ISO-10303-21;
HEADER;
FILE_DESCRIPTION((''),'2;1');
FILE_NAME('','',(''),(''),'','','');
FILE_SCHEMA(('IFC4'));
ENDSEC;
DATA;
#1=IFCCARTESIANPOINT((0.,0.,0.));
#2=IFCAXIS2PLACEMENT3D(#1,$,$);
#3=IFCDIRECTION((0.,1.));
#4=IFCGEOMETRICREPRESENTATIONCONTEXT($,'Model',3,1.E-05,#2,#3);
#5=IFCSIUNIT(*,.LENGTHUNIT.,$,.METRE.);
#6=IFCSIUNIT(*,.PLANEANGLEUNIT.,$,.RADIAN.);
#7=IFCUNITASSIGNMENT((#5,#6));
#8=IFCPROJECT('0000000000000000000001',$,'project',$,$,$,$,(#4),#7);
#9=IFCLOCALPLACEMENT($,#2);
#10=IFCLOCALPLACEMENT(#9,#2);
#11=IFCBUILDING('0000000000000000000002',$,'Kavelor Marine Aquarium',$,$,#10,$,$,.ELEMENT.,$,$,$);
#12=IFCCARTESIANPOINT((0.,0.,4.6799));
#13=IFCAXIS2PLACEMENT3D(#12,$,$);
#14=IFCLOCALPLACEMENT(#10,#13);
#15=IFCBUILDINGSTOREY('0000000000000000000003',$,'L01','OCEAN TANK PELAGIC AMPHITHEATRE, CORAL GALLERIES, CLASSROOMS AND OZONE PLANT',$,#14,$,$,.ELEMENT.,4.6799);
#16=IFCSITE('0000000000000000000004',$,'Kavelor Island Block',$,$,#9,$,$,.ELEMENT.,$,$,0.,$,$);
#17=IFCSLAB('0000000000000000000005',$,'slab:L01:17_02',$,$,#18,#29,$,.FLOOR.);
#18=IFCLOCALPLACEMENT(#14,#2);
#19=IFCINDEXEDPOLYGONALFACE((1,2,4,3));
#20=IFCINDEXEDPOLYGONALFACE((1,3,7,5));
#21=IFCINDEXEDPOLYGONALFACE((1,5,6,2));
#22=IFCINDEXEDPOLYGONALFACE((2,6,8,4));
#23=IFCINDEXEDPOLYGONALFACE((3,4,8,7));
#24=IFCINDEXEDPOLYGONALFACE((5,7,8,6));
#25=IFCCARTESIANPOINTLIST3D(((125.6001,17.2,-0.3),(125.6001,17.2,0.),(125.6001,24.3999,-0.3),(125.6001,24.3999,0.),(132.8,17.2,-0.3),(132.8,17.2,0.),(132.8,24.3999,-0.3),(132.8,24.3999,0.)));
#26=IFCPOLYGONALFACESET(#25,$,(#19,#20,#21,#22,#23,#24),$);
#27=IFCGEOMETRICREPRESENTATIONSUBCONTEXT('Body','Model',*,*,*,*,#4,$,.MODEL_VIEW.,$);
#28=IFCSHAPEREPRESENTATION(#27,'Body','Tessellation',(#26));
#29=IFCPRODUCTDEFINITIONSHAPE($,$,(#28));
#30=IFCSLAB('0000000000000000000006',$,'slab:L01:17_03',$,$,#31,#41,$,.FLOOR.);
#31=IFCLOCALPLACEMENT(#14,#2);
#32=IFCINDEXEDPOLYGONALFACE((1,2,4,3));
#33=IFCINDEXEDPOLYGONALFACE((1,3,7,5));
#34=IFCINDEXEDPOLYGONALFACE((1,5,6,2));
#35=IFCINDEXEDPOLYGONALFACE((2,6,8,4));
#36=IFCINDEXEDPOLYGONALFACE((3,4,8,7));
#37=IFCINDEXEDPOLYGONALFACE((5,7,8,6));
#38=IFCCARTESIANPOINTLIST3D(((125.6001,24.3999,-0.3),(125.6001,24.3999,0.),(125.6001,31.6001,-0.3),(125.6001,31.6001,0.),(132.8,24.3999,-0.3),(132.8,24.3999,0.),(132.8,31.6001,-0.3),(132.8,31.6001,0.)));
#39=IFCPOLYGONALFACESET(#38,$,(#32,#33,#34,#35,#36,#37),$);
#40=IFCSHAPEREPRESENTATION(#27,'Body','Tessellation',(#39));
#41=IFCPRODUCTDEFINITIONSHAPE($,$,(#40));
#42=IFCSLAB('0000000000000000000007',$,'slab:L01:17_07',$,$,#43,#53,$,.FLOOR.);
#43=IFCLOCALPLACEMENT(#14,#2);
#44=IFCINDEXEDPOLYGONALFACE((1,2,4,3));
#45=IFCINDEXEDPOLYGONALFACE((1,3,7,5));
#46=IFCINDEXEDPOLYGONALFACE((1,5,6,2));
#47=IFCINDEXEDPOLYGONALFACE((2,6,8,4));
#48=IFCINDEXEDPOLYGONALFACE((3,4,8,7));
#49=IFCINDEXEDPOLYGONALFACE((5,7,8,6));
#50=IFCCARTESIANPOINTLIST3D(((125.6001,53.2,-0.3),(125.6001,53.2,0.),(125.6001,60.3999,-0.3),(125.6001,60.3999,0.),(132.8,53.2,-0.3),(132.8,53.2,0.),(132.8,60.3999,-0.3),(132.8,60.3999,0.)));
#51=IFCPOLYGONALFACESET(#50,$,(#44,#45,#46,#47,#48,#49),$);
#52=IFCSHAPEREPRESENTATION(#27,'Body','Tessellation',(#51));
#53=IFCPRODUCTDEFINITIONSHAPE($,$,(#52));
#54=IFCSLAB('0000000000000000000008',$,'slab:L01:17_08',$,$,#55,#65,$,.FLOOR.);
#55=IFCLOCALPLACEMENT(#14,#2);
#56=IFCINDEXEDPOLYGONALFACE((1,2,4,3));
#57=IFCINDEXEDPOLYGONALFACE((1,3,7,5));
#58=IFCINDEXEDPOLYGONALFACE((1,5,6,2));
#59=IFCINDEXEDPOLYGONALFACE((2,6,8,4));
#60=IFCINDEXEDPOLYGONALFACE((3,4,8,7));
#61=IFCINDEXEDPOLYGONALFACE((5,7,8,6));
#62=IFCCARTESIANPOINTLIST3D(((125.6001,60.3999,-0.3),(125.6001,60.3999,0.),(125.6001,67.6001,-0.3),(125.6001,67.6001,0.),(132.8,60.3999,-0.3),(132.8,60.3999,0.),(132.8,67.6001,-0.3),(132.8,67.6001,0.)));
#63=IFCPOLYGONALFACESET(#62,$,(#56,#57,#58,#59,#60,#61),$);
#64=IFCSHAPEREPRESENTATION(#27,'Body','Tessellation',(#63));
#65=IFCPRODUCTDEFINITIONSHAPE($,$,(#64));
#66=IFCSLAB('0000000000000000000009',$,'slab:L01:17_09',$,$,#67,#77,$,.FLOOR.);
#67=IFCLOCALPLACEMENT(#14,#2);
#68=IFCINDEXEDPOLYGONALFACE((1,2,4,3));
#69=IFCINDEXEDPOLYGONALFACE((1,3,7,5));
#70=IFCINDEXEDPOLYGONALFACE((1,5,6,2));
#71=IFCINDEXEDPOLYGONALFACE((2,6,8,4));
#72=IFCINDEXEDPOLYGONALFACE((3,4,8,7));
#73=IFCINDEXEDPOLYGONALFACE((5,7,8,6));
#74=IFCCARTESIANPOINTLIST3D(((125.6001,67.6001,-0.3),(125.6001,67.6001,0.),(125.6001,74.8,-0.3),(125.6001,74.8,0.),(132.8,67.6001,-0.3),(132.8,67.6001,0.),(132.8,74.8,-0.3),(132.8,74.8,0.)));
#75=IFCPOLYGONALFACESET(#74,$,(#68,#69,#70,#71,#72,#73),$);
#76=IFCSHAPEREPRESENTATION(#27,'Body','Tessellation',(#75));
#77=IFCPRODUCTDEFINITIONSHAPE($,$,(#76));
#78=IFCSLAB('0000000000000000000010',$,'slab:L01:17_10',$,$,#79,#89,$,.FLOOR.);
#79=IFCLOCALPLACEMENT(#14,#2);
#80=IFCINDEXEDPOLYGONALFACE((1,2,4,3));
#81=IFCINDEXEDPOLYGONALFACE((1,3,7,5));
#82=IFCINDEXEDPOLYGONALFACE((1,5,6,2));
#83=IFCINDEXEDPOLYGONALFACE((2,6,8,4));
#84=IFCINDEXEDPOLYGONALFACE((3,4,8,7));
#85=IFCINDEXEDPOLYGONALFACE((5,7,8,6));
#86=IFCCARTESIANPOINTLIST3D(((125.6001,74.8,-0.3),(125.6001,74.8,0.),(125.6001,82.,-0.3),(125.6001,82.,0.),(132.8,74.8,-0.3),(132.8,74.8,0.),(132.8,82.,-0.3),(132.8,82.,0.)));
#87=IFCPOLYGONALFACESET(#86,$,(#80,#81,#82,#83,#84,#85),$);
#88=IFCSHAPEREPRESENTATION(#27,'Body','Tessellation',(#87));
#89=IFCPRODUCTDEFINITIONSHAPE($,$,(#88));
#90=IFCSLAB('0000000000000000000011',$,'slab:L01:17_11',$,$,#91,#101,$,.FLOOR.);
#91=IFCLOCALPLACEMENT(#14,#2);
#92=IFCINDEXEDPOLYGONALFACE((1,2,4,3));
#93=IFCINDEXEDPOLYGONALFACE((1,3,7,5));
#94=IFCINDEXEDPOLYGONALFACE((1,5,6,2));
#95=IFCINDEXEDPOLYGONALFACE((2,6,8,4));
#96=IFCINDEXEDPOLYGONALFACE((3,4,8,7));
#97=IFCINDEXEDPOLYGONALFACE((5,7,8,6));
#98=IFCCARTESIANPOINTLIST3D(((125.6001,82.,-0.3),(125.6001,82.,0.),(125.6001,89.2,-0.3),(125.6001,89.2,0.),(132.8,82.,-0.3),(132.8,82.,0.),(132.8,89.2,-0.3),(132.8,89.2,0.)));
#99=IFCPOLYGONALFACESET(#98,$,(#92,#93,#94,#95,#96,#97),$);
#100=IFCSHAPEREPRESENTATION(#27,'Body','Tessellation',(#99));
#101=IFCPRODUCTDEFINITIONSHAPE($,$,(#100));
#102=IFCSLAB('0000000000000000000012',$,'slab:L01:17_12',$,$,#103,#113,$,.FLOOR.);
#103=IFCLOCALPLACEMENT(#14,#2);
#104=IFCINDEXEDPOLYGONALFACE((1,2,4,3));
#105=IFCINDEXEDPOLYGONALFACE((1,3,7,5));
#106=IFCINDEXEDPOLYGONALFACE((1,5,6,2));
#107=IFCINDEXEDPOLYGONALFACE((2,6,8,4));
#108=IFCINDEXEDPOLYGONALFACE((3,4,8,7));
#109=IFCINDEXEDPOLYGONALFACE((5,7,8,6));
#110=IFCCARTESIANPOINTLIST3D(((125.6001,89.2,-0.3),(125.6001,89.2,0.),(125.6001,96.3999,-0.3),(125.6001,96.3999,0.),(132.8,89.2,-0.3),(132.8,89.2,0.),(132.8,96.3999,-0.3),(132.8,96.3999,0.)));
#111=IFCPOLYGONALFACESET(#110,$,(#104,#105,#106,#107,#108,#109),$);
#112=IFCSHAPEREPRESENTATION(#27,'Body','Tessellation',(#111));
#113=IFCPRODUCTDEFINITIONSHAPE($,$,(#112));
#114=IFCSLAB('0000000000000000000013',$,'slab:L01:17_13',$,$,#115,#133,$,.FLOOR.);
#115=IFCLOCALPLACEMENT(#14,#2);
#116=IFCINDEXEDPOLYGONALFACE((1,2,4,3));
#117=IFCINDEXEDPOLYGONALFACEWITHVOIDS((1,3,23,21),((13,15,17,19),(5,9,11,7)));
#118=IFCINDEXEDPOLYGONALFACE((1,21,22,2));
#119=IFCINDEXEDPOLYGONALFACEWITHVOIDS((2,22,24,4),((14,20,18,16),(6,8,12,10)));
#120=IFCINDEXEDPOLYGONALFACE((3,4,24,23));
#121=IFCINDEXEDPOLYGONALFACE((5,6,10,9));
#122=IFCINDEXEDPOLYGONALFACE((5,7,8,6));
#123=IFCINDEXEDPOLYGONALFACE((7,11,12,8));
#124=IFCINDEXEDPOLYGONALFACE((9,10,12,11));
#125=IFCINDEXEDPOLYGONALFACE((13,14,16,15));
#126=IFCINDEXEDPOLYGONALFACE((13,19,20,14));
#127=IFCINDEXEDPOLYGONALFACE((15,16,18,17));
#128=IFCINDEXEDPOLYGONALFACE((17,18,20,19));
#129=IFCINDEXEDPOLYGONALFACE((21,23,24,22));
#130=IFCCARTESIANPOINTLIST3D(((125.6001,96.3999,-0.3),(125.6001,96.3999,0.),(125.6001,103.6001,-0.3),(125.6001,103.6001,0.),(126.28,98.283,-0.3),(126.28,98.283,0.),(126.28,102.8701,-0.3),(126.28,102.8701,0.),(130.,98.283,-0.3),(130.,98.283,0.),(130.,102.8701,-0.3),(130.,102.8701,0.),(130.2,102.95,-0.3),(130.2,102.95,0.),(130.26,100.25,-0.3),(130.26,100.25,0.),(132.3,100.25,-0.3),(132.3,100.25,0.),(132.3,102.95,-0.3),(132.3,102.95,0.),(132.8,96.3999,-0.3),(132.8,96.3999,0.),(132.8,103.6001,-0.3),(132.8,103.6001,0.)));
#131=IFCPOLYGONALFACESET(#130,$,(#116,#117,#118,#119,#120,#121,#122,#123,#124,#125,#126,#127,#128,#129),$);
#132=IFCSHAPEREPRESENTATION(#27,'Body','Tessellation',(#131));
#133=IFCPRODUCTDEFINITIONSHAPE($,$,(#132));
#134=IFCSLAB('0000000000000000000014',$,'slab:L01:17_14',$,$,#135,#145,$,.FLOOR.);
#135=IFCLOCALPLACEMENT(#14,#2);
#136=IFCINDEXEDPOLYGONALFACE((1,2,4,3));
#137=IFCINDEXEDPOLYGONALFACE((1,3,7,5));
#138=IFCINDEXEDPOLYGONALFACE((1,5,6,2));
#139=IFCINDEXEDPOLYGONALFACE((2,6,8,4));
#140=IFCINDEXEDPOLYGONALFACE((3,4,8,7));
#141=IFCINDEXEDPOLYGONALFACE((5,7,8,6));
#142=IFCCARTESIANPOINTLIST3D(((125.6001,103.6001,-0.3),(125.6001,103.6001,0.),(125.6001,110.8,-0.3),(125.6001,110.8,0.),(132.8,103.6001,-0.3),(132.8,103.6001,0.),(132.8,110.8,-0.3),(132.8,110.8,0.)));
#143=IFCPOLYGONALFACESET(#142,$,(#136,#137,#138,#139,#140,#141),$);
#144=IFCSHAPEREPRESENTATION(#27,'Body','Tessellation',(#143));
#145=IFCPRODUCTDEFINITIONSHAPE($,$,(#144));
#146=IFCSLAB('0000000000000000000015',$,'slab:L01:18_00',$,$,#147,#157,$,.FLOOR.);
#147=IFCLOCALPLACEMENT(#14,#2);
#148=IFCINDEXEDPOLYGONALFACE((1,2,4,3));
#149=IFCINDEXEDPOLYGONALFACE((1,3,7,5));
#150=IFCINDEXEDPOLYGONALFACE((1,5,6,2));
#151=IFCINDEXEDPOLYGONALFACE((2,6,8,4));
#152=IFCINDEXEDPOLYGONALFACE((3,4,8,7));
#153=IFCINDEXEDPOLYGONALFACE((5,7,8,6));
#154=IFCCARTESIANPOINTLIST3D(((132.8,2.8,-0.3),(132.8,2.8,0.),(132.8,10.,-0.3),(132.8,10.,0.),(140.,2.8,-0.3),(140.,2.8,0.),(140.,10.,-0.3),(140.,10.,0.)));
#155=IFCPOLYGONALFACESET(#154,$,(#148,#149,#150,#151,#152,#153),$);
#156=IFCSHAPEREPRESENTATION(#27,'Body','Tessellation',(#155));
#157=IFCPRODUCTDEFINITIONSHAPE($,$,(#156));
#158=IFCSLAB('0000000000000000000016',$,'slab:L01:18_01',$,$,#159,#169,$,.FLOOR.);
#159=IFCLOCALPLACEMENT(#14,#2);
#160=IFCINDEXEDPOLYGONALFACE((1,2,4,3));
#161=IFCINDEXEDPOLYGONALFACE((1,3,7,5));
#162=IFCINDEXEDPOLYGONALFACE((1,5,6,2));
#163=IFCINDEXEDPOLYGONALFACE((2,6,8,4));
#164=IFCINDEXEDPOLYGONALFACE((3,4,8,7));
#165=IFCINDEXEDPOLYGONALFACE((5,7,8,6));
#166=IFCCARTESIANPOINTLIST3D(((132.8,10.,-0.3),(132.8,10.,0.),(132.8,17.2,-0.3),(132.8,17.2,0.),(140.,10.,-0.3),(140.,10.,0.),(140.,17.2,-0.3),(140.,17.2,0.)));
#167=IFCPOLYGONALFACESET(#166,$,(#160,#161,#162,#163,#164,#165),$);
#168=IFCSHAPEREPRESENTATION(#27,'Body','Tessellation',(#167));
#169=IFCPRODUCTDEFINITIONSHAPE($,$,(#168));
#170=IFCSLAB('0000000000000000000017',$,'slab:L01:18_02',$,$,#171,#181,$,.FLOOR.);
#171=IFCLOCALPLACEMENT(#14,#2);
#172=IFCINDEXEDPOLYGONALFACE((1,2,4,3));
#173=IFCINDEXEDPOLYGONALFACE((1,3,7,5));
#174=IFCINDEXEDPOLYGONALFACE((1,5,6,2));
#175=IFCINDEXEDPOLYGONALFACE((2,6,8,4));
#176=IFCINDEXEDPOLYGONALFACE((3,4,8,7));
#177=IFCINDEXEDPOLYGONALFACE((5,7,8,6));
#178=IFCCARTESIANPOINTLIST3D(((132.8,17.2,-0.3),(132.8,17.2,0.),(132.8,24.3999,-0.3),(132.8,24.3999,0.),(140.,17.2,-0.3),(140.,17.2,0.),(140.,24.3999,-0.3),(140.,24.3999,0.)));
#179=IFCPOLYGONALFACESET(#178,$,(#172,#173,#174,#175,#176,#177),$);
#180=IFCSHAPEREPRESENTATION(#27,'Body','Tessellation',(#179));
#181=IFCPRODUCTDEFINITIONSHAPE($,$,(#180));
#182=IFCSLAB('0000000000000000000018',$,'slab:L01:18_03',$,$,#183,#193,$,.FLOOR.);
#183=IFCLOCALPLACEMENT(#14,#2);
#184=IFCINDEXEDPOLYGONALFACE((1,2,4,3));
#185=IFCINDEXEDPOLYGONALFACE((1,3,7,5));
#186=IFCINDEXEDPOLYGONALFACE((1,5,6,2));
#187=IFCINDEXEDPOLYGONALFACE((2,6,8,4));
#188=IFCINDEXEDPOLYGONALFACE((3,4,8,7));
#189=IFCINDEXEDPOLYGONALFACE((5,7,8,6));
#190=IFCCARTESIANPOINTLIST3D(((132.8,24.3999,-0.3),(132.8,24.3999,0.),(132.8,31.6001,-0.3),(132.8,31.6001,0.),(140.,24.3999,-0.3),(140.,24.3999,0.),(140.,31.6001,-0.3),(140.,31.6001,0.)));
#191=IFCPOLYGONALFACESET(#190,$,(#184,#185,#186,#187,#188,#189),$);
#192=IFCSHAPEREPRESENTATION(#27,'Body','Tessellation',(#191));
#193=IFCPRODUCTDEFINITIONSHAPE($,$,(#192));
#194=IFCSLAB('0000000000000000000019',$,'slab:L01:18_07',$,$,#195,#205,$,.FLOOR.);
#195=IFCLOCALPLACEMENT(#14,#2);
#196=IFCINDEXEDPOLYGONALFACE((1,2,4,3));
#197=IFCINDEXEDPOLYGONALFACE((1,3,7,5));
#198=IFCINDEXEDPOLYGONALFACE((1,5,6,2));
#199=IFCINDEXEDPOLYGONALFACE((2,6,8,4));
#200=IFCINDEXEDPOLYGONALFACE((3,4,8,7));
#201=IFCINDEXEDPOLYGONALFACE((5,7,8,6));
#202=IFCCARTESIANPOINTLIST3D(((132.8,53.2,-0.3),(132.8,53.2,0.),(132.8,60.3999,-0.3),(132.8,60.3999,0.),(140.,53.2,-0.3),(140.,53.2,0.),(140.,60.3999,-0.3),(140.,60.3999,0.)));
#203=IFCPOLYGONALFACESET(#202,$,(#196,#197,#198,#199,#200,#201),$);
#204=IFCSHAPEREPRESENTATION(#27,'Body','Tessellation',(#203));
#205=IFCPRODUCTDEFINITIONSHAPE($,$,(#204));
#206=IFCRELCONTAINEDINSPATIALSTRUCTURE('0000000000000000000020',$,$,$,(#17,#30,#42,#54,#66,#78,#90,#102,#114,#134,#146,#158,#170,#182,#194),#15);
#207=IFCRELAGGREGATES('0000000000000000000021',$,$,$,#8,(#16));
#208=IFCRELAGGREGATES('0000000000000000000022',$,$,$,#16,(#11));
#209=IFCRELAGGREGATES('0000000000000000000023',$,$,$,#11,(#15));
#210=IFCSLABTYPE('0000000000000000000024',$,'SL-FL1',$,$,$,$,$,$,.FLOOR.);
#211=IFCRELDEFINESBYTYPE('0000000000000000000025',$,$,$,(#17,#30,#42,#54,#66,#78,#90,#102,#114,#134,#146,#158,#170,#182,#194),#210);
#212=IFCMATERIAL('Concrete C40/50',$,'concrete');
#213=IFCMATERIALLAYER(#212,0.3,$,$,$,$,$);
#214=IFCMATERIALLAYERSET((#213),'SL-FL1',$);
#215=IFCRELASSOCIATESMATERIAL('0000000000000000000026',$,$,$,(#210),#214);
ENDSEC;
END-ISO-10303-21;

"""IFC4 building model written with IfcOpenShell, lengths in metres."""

from ifc_helpers import new_model, si_unit, direction, frame, origin, place, context, subcontext, project, spatial, polyline, outline, extrude, material, layer, layer_set, type_object, element, save


model = new_model("IFC4")

# Units and contexts
model_context = context("Model", 3, precision=1e-05, world=origin(), true_north=direction((0.0, 1.0)))
body_context = subcontext(model_context, "Body", "Model", "MODEL_VIEW")
ifc_project = project(units=[si_unit("LENGTHUNIT", "METRE"), si_unit("PLANEANGLEUNIT", "RADIAN")], contexts=[model_context])

# Site, building, storey
site_placement = place(None, origin())
site = spatial("IfcSite", under=ifc_project, at=site_placement, Name="Kavelor Island Block", CompositionType="ELEMENT", RefElevation=0.0)
building_placement = place(site_placement, origin())
building = spatial("IfcBuilding", under=site, at=building_placement, Name="Kavelor Marine Aquarium", CompositionType="ELEMENT")
storey_placement = place(building_placement, frame((0.0, 0.0, 4.6799)))
storey = spatial("IfcBuildingStorey", under=building, at=storey_placement, Name="L01", Description="OCEAN TANK PELAGIC AMPHITHEATRE, CORAL GALLERIES, CLASSROOMS AND OZONE PLANT", CompositionType="ELEMENT", Elevation=4.6799)

# Slabs
ifc_material = material(Name="Concrete C40/50", Category="concrete")
ifc_layer = layer(ifc_material, 0.3)
ifc_layer_set = layer_set([ifc_layer], Name="SL-FL1")
slab_type = type_object("IfcSlabType", Name="SL-FL1", PredefinedType="FLOOR", material=ifc_layer_set)
slab_1_placement = place(storey_placement, frame((0.0, 0.0, -0.3)))
element("IfcSlab", 1, at=slab_1_placement, inside=storey, type_object=slab_type, Name="slab:L01:17_02", PredefinedType="FLOOR", context=body_context, shape_type="SweptSolid", body=[
    extrude(outline(polyline([(125.6001, 17.2), (132.8, 17.2), (132.8, 24.3999), (125.6001, 24.3999), (125.6001, 17.2)])), origin(), (0.0, 0.0, 1.0), 0.3),
])
slab_2_placement = place(storey_placement, frame((0.0, 0.0, -0.3)))
element("IfcSlab", 2, at=slab_2_placement, inside=storey, type_object=slab_type, Name="slab:L01:17_03", PredefinedType="FLOOR", context=body_context, shape_type="SweptSolid", body=[
    extrude(outline(polyline([(125.6001, 24.3999), (132.8, 24.3999), (132.8, 31.6001), (125.6001, 31.6001), (125.6001, 24.3999)])), origin(), (0.0, 0.0, 1.0), 0.3),
])
slab_3_placement = place(storey_placement, frame((0.0, 0.0, -0.3)))
element("IfcSlab", 3, at=slab_3_placement, inside=storey, type_object=slab_type, Name="slab:L01:17_07", PredefinedType="FLOOR", context=body_context, shape_type="SweptSolid", body=[
    extrude(outline(polyline([(125.6001, 53.2), (132.8, 53.2), (132.8, 60.3999), (125.6001, 60.3999), (125.6001, 53.2)])), origin(), (0.0, 0.0, 1.0), 0.3),
])
slab_4_placement = place(storey_placement, frame((0.0, 0.0, -0.3)))
element("IfcSlab", 4, at=slab_4_placement, inside=storey, type_object=slab_type, Name="slab:L01:17_08", PredefinedType="FLOOR", context=body_context, shape_type="SweptSolid", body=[
    extrude(outline(polyline([(125.6001, 60.3999), (132.8, 60.3999), (132.8, 67.6001), (125.6001, 67.6001), (125.6001, 60.3999)])), origin(), (0.0, 0.0, 1.0), 0.3),
])
slab_5_placement = place(storey_placement, frame((0.0, 0.0, -0.3)))
element("IfcSlab", 5, at=slab_5_placement, inside=storey, type_object=slab_type, Name="slab:L01:17_09", PredefinedType="FLOOR", context=body_context, shape_type="SweptSolid", body=[
    extrude(outline(polyline([(125.6001, 67.6001), (132.8, 67.6001), (132.8, 74.8), (125.6001, 74.8), (125.6001, 67.6001)])), origin(), (0.0, 0.0, 1.0), 0.3),
])
slab_6_placement = place(storey_placement, frame((0.0, 0.0, -0.3)))
element("IfcSlab", 6, at=slab_6_placement, inside=storey, type_object=slab_type, Name="slab:L01:17_10", PredefinedType="FLOOR", context=body_context, shape_type="SweptSolid", body=[
    extrude(outline(polyline([(125.6001, 74.8), (132.8, 74.8), (132.8, 82.0), (125.6001, 82.0), (125.6001, 74.8)])), origin(), (0.0, 0.0, 1.0), 0.3),
])
slab_7_placement = place(storey_placement, frame((0.0, 0.0, -0.3)))
element("IfcSlab", 7, at=slab_7_placement, inside=storey, type_object=slab_type, Name="slab:L01:17_11", PredefinedType="FLOOR", context=body_context, shape_type="SweptSolid", body=[
    extrude(outline(polyline([(125.6001, 82.0), (132.8, 82.0), (132.8, 89.2), (125.6001, 89.2), (125.6001, 82.0)])), origin(), (0.0, 0.0, 1.0), 0.3),
])
slab_8_placement = place(storey_placement, frame((0.0, 0.0, -0.3)))
element("IfcSlab", 8, at=slab_8_placement, inside=storey, type_object=slab_type, Name="slab:L01:17_12", PredefinedType="FLOOR", context=body_context, shape_type="SweptSolid", body=[
    extrude(outline(polyline([(125.6001, 89.2), (132.8, 89.2), (132.8, 96.3999), (125.6001, 96.3999), (125.6001, 89.2)])), origin(), (0.0, 0.0, 1.0), 0.3),
])
slab_9_placement = place(storey_placement, frame((0.0, 0.0, -0.3)))
element("IfcSlab", 9, at=slab_9_placement, inside=storey, type_object=slab_type, Name="slab:L01:17_13", PredefinedType="FLOOR", context=body_context, shape_type="SweptSolid", body=[
    extrude(outline(polyline([(125.6001, 96.3999), (132.8, 96.3999), (132.8, 103.6001), (125.6001, 103.6001), (125.6001, 96.3999)]), holes=[polyline([(126.28, 98.283), (130.0, 98.283), (130.0, 102.8701), (126.28, 102.8701), (126.28, 98.283)]), polyline([(130.26, 100.25), (132.3, 100.25), (132.3, 102.95), (130.2, 102.95), (130.26, 100.25)])]), origin(), (0.0, 0.0, 1.0), 0.3),
])
slab_10_placement = place(storey_placement, frame((0.0, 0.0, -0.3)))
element("IfcSlab", 10, at=slab_10_placement, inside=storey, type_object=slab_type, Name="slab:L01:17_14", PredefinedType="FLOOR", context=body_context, shape_type="SweptSolid", body=[
    extrude(outline(polyline([(125.6001, 103.6001), (132.8, 103.6001), (132.8, 110.8), (125.6001, 110.8), (125.6001, 103.6001)])), origin(), (0.0, 0.0, 1.0), 0.3),
])
slab_11_placement = place(storey_placement, frame((0.0, 0.0, -0.3)))
element("IfcSlab", 11, at=slab_11_placement, inside=storey, type_object=slab_type, Name="slab:L01:18_00", PredefinedType="FLOOR", context=body_context, shape_type="SweptSolid", body=[
    extrude(outline(polyline([(132.8, 2.8), (140.0, 2.8), (140.0, 10.0), (132.8, 10.0), (132.8, 2.8)])), origin(), (0.0, 0.0, 1.0), 0.3),
])
slab_12_placement = place(storey_placement, frame((0.0, 0.0, -0.3)))
element("IfcSlab", 12, at=slab_12_placement, inside=storey, type_object=slab_type, Name="slab:L01:18_01", PredefinedType="FLOOR", context=body_context, shape_type="SweptSolid", body=[
    extrude(outline(polyline([(132.8, 10.0), (140.0, 10.0), (140.0, 17.2), (132.8, 17.2), (132.8, 10.0)])), origin(), (0.0, 0.0, 1.0), 0.3),
])
slab_13_placement = place(storey_placement, frame((0.0, 0.0, -0.3)))
element("IfcSlab", 13, at=slab_13_placement, inside=storey, type_object=slab_type, Name="slab:L01:18_02", PredefinedType="FLOOR", context=body_context, shape_type="SweptSolid", body=[
    extrude(outline(polyline([(132.8, 17.2), (140.0, 17.2), (140.0, 24.3999), (132.8, 24.3999), (132.8, 17.2)])), origin(), (0.0, 0.0, 1.0), 0.3),
])
slab_14_placement = place(storey_placement, frame((0.0, 0.0, -0.3)))
element("IfcSlab", 14, at=slab_14_placement, inside=storey, type_object=slab_type, Name="slab:L01:18_03", PredefinedType="FLOOR", context=body_context, shape_type="SweptSolid", body=[
    extrude(outline(polyline([(132.8, 24.3999), (140.0, 24.3999), (140.0, 31.6001), (132.8, 31.6001), (132.8, 24.3999)])), origin(), (0.0, 0.0, 1.0), 0.3),
])
slab_15_placement = place(storey_placement, frame((0.0, 0.0, -0.3)))
element("IfcSlab", 15, at=slab_15_placement, inside=storey, type_object=slab_type, Name="slab:L01:18_07", PredefinedType="FLOOR", context=body_context, shape_type="SweptSolid", body=[
    extrude(outline(polyline([(132.8, 53.2), (140.0, 53.2), (140.0, 60.3999), (132.8, 60.3999), (132.8, 53.2)])), origin(), (0.0, 0.0, 1.0), 0.3),
])

save(model, "model.ifc")
